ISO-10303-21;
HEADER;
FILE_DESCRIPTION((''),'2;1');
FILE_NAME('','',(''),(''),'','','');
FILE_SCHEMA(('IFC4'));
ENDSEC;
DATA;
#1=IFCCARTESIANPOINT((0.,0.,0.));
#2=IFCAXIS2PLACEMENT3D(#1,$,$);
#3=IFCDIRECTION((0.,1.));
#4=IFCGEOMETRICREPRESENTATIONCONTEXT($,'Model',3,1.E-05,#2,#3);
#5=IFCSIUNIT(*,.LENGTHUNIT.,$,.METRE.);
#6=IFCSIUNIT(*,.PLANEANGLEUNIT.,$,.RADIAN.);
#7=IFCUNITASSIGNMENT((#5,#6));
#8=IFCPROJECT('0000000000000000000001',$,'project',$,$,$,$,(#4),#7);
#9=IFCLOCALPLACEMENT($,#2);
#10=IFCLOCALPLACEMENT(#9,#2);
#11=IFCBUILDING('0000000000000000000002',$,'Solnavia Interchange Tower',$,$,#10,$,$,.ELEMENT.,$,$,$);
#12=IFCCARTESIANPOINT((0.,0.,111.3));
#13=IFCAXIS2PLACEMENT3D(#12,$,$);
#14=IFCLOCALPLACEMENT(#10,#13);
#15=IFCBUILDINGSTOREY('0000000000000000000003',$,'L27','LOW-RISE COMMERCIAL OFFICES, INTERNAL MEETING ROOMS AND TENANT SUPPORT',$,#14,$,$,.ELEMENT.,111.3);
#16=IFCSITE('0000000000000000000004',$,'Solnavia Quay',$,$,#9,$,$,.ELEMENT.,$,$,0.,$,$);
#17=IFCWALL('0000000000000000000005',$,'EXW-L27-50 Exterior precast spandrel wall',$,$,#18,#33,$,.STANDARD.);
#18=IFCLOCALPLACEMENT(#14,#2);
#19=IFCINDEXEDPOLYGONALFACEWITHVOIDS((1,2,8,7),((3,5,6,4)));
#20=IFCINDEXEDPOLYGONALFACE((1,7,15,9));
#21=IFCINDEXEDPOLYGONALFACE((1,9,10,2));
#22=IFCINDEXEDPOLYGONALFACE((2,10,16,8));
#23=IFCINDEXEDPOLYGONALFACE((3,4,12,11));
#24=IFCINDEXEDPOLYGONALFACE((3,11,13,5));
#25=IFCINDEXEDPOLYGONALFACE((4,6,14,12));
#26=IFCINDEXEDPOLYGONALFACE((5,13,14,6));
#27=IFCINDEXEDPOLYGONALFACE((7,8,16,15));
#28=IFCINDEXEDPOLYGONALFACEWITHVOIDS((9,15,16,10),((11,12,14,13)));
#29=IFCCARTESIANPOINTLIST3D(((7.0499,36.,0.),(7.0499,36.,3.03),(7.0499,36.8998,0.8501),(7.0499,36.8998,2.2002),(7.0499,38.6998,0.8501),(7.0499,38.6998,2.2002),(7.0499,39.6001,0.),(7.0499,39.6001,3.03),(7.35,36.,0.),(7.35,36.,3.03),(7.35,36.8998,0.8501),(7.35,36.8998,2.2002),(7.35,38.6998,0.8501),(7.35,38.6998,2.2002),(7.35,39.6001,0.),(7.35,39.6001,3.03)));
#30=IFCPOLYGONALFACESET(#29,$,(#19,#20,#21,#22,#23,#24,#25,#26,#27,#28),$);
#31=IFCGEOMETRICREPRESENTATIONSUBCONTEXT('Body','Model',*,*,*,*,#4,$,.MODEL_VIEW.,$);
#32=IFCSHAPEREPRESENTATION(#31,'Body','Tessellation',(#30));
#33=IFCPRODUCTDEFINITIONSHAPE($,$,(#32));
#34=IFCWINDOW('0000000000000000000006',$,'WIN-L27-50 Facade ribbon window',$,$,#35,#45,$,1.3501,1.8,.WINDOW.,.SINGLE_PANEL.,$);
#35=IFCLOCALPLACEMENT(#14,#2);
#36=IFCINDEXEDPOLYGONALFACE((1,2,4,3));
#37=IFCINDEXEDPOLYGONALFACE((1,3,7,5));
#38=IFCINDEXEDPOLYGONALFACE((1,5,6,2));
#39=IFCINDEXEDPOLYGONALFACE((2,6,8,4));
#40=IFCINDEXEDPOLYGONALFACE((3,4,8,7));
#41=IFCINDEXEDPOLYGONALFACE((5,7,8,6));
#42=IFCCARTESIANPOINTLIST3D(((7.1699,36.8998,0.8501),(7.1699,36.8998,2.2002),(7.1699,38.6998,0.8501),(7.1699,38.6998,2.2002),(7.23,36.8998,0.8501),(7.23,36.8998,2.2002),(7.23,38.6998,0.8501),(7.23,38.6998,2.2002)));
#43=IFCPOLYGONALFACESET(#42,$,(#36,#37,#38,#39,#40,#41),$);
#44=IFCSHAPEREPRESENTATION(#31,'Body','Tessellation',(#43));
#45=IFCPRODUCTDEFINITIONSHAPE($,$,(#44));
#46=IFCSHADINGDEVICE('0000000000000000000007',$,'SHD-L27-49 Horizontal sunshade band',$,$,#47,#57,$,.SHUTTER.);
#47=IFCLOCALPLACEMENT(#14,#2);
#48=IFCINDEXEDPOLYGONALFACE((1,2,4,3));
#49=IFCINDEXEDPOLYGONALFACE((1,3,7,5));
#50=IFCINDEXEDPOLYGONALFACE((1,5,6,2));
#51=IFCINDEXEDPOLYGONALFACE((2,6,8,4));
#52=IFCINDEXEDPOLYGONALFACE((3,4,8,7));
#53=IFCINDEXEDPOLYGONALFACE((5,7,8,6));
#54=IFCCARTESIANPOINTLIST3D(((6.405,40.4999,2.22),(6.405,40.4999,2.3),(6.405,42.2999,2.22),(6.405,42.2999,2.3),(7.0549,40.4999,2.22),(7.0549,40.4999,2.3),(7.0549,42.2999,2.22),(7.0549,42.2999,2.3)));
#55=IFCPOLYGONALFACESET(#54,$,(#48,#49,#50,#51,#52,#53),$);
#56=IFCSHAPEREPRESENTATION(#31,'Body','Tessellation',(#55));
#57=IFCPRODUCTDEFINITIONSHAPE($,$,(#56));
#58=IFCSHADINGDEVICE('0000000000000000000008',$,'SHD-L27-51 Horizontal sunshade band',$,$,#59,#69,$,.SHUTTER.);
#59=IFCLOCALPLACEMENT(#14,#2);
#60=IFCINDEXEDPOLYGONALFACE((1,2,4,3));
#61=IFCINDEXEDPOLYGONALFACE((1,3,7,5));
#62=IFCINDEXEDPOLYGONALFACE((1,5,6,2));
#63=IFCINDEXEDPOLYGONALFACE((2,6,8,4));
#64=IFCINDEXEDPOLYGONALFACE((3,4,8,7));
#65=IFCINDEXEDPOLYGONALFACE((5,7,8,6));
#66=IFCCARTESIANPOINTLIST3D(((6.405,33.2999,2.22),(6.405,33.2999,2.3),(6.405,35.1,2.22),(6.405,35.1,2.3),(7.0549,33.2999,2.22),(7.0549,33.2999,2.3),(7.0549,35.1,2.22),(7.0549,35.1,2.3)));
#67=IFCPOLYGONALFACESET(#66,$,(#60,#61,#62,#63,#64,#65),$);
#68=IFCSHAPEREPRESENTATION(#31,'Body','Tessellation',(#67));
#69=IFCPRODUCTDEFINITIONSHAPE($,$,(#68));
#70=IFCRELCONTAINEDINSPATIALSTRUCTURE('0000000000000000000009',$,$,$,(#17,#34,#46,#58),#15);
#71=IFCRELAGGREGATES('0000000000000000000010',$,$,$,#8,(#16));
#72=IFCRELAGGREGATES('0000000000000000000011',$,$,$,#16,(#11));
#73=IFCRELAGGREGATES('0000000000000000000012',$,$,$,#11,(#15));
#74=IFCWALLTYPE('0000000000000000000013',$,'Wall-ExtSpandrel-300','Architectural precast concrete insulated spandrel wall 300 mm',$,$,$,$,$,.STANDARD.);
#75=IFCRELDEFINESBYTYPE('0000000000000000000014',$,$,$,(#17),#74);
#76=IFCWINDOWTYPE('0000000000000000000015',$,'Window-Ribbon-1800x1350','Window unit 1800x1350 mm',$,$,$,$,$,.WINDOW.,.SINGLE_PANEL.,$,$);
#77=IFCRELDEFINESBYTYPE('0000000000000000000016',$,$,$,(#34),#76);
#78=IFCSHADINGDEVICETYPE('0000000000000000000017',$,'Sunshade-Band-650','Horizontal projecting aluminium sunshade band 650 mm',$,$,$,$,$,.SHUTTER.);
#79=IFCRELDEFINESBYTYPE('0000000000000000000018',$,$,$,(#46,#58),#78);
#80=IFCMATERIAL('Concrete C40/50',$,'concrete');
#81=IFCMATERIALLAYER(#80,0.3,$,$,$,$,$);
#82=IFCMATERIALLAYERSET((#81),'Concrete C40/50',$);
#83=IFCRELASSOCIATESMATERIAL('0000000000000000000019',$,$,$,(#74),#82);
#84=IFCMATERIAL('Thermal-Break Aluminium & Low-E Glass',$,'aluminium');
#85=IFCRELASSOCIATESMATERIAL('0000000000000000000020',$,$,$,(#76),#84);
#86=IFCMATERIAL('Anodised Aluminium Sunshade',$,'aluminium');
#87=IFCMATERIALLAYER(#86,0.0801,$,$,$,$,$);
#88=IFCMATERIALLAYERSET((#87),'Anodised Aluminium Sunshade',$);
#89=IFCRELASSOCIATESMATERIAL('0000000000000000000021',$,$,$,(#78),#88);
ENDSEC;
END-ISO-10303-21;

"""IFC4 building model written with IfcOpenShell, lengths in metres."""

from ifc_helpers import new_model, si_unit, direction, frame, frame_2d, origin, origin_2d, place, context, subcontext, project, spatial, rectangle, extrude, material, layer, layer_set, type_object, element, fill, save


model = new_model("IFC4")

# Units and contexts
model_context = context("Model", 3, precision=1e-05, world=origin(), true_north=direction((0.0, 1.0)))
body_context = subcontext(model_context, "Body", "Model", "MODEL_VIEW")
ifc_project = project(units=[si_unit("LENGTHUNIT", "METRE"), si_unit("PLANEANGLEUNIT", "RADIAN")], contexts=[model_context])

# Site, building, storey
site_placement = place(None, origin())
site = spatial("IfcSite", under=ifc_project, at=site_placement, Name="Solnavia Quay", CompositionType="ELEMENT", RefElevation=0.0)
building_placement = place(site_placement, origin())
building = spatial("IfcBuilding", under=site, at=building_placement, Name="Solnavia Interchange Tower", CompositionType="ELEMENT")
storey_placement = place(building_placement, frame((0.0, 0.0, 111.3)))
storey = spatial("IfcBuildingStorey", under=building, at=storey_placement, Name="L27", Description="LOW-RISE COMMERCIAL OFFICES, INTERNAL MEETING ROOMS AND TENANT SUPPORT", CompositionType="ELEMENT", Elevation=111.3)

# Shared definitions
ifc_material_1 = material(Name="Concrete C40/50", Category="concrete")
ifc_layer_1 = layer(ifc_material_1, 0.3)
ifc_layer_set_1 = layer_set([ifc_layer_1], Name="Concrete C40/50")
wall_type = type_object("IfcWallType", Name="Wall-ExtSpandrel-300", Description="Architectural precast concrete insulated spandrel wall 300 mm", PredefinedType="STANDARD", material=ifc_layer_set_1)

# Wall, opening, window
ifc_material_2 = material(Name="Thermal-Break Aluminium & Low-E Glass", Category="aluminium")
window_type = type_object("IfcWindowType", Name="Window-Ribbon-1800x1350", Description="Window unit 1800x1350 mm", PartitioningType="SINGLE_PANEL", PredefinedType="WINDOW", material=ifc_material_2)
wall_1_placement = place(storey_placement, frame((7.2, 36.0, 0.0), z_axis=(0.0, 0.0, 1.0), x_axis=(0.0, 1.0, 0.0)))
wall_1 = element("IfcWall", 1, at=wall_1_placement, inside=storey, type_object=wall_type, Name="EXW-L27-50 Exterior precast spandrel wall", PredefinedType="STANDARD", context=body_context, shape_type="SweptSolid", body=[
    extrude(rectangle(XDim=3.6001, YDim=0.3, at=frame_2d((1.8, 0.0))), origin(), (0.0, 0.0, 1.0), 3.03),
])
opening_1_placement = place(wall_1_placement, frame((0.8999, 0.0, 0.8501)))
opening_1 = element("IfcOpeningElement", 2, at=opening_1_placement, cuts=wall_1, PredefinedType="OPENING", context=body_context, shape_type="SweptSolid", body=[
    extrude(rectangle(XDim=1.8, YDim=1.3501, at=frame_2d((0.8999, 0.675))), frame((0.0, 0.1602, 0.0), z_axis=(0.0, -1.0, 0.0), x_axis=(1.0, 0.0, 0.0)), (0.0, 0.0, 1.0), 0.3201),
])
window_1_placement = place(opening_1_placement, origin())
window_1 = element("IfcWindow", 3, at=window_1_placement, inside=storey, type_object=window_type, Name="WIN-L27-50 Facade ribbon window", OverallHeight=1.3501, OverallWidth=1.8, PartitioningType="SINGLE_PANEL", PredefinedType="WINDOW", context=body_context, shape_type="SweptSolid", body=[
    extrude(rectangle(XDim=1.8, YDim=1.3501, at=frame_2d((0.8999, 0.675))), frame((0.0, 0.03, 0.0), z_axis=(0.0, -1.0, 0.0), x_axis=(1.0, 0.0, 0.0)), (0.0, 0.0, 1.0), 0.0601),
])
fill(opening_1, window_1)

# Shading devices
ifc_material_3 = material(Name="Anodised Aluminium Sunshade", Category="aluminium")
ifc_layer_2 = layer(ifc_material_3, 0.0801)
ifc_layer_set_2 = layer_set([ifc_layer_2], Name="Anodised Aluminium Sunshade")
shading_device_type = type_object("IfcShadingDeviceType", Name="Sunshade-Band-650", Description="Horizontal projecting aluminium sunshade band 650 mm", PredefinedType="SHUTTER", material=ifc_layer_set_2)
for number, where, z_axis, x_axis, name in (
    (4, (6.73, 41.3999, 2.22), (0.0, 0.0, 1.0), (0.0, 1.0, 0.0), "SHD-L27-49 Horizontal sunshade band"),
    (5, (6.73, 34.2, 2.22), (0.0, 0.0, 1.0), (0.0, 1.0, 0.0), "SHD-L27-51 Horizontal sunshade band"),
):
    element("IfcShadingDevice", number, at=place(storey_placement, frame(where, z_axis=z_axis, x_axis=x_axis)), inside=storey, type_object=shading_device_type, Name=name, PredefinedType="SHUTTER", context=body_context, shape_type="SweptSolid", body=[
        extrude(rectangle(XDim=1.8, YDim=0.6499, at=origin_2d()), origin(), (0.0, 0.0, 1.0), 0.0801),
    ])

save(model, "model.ifc")
